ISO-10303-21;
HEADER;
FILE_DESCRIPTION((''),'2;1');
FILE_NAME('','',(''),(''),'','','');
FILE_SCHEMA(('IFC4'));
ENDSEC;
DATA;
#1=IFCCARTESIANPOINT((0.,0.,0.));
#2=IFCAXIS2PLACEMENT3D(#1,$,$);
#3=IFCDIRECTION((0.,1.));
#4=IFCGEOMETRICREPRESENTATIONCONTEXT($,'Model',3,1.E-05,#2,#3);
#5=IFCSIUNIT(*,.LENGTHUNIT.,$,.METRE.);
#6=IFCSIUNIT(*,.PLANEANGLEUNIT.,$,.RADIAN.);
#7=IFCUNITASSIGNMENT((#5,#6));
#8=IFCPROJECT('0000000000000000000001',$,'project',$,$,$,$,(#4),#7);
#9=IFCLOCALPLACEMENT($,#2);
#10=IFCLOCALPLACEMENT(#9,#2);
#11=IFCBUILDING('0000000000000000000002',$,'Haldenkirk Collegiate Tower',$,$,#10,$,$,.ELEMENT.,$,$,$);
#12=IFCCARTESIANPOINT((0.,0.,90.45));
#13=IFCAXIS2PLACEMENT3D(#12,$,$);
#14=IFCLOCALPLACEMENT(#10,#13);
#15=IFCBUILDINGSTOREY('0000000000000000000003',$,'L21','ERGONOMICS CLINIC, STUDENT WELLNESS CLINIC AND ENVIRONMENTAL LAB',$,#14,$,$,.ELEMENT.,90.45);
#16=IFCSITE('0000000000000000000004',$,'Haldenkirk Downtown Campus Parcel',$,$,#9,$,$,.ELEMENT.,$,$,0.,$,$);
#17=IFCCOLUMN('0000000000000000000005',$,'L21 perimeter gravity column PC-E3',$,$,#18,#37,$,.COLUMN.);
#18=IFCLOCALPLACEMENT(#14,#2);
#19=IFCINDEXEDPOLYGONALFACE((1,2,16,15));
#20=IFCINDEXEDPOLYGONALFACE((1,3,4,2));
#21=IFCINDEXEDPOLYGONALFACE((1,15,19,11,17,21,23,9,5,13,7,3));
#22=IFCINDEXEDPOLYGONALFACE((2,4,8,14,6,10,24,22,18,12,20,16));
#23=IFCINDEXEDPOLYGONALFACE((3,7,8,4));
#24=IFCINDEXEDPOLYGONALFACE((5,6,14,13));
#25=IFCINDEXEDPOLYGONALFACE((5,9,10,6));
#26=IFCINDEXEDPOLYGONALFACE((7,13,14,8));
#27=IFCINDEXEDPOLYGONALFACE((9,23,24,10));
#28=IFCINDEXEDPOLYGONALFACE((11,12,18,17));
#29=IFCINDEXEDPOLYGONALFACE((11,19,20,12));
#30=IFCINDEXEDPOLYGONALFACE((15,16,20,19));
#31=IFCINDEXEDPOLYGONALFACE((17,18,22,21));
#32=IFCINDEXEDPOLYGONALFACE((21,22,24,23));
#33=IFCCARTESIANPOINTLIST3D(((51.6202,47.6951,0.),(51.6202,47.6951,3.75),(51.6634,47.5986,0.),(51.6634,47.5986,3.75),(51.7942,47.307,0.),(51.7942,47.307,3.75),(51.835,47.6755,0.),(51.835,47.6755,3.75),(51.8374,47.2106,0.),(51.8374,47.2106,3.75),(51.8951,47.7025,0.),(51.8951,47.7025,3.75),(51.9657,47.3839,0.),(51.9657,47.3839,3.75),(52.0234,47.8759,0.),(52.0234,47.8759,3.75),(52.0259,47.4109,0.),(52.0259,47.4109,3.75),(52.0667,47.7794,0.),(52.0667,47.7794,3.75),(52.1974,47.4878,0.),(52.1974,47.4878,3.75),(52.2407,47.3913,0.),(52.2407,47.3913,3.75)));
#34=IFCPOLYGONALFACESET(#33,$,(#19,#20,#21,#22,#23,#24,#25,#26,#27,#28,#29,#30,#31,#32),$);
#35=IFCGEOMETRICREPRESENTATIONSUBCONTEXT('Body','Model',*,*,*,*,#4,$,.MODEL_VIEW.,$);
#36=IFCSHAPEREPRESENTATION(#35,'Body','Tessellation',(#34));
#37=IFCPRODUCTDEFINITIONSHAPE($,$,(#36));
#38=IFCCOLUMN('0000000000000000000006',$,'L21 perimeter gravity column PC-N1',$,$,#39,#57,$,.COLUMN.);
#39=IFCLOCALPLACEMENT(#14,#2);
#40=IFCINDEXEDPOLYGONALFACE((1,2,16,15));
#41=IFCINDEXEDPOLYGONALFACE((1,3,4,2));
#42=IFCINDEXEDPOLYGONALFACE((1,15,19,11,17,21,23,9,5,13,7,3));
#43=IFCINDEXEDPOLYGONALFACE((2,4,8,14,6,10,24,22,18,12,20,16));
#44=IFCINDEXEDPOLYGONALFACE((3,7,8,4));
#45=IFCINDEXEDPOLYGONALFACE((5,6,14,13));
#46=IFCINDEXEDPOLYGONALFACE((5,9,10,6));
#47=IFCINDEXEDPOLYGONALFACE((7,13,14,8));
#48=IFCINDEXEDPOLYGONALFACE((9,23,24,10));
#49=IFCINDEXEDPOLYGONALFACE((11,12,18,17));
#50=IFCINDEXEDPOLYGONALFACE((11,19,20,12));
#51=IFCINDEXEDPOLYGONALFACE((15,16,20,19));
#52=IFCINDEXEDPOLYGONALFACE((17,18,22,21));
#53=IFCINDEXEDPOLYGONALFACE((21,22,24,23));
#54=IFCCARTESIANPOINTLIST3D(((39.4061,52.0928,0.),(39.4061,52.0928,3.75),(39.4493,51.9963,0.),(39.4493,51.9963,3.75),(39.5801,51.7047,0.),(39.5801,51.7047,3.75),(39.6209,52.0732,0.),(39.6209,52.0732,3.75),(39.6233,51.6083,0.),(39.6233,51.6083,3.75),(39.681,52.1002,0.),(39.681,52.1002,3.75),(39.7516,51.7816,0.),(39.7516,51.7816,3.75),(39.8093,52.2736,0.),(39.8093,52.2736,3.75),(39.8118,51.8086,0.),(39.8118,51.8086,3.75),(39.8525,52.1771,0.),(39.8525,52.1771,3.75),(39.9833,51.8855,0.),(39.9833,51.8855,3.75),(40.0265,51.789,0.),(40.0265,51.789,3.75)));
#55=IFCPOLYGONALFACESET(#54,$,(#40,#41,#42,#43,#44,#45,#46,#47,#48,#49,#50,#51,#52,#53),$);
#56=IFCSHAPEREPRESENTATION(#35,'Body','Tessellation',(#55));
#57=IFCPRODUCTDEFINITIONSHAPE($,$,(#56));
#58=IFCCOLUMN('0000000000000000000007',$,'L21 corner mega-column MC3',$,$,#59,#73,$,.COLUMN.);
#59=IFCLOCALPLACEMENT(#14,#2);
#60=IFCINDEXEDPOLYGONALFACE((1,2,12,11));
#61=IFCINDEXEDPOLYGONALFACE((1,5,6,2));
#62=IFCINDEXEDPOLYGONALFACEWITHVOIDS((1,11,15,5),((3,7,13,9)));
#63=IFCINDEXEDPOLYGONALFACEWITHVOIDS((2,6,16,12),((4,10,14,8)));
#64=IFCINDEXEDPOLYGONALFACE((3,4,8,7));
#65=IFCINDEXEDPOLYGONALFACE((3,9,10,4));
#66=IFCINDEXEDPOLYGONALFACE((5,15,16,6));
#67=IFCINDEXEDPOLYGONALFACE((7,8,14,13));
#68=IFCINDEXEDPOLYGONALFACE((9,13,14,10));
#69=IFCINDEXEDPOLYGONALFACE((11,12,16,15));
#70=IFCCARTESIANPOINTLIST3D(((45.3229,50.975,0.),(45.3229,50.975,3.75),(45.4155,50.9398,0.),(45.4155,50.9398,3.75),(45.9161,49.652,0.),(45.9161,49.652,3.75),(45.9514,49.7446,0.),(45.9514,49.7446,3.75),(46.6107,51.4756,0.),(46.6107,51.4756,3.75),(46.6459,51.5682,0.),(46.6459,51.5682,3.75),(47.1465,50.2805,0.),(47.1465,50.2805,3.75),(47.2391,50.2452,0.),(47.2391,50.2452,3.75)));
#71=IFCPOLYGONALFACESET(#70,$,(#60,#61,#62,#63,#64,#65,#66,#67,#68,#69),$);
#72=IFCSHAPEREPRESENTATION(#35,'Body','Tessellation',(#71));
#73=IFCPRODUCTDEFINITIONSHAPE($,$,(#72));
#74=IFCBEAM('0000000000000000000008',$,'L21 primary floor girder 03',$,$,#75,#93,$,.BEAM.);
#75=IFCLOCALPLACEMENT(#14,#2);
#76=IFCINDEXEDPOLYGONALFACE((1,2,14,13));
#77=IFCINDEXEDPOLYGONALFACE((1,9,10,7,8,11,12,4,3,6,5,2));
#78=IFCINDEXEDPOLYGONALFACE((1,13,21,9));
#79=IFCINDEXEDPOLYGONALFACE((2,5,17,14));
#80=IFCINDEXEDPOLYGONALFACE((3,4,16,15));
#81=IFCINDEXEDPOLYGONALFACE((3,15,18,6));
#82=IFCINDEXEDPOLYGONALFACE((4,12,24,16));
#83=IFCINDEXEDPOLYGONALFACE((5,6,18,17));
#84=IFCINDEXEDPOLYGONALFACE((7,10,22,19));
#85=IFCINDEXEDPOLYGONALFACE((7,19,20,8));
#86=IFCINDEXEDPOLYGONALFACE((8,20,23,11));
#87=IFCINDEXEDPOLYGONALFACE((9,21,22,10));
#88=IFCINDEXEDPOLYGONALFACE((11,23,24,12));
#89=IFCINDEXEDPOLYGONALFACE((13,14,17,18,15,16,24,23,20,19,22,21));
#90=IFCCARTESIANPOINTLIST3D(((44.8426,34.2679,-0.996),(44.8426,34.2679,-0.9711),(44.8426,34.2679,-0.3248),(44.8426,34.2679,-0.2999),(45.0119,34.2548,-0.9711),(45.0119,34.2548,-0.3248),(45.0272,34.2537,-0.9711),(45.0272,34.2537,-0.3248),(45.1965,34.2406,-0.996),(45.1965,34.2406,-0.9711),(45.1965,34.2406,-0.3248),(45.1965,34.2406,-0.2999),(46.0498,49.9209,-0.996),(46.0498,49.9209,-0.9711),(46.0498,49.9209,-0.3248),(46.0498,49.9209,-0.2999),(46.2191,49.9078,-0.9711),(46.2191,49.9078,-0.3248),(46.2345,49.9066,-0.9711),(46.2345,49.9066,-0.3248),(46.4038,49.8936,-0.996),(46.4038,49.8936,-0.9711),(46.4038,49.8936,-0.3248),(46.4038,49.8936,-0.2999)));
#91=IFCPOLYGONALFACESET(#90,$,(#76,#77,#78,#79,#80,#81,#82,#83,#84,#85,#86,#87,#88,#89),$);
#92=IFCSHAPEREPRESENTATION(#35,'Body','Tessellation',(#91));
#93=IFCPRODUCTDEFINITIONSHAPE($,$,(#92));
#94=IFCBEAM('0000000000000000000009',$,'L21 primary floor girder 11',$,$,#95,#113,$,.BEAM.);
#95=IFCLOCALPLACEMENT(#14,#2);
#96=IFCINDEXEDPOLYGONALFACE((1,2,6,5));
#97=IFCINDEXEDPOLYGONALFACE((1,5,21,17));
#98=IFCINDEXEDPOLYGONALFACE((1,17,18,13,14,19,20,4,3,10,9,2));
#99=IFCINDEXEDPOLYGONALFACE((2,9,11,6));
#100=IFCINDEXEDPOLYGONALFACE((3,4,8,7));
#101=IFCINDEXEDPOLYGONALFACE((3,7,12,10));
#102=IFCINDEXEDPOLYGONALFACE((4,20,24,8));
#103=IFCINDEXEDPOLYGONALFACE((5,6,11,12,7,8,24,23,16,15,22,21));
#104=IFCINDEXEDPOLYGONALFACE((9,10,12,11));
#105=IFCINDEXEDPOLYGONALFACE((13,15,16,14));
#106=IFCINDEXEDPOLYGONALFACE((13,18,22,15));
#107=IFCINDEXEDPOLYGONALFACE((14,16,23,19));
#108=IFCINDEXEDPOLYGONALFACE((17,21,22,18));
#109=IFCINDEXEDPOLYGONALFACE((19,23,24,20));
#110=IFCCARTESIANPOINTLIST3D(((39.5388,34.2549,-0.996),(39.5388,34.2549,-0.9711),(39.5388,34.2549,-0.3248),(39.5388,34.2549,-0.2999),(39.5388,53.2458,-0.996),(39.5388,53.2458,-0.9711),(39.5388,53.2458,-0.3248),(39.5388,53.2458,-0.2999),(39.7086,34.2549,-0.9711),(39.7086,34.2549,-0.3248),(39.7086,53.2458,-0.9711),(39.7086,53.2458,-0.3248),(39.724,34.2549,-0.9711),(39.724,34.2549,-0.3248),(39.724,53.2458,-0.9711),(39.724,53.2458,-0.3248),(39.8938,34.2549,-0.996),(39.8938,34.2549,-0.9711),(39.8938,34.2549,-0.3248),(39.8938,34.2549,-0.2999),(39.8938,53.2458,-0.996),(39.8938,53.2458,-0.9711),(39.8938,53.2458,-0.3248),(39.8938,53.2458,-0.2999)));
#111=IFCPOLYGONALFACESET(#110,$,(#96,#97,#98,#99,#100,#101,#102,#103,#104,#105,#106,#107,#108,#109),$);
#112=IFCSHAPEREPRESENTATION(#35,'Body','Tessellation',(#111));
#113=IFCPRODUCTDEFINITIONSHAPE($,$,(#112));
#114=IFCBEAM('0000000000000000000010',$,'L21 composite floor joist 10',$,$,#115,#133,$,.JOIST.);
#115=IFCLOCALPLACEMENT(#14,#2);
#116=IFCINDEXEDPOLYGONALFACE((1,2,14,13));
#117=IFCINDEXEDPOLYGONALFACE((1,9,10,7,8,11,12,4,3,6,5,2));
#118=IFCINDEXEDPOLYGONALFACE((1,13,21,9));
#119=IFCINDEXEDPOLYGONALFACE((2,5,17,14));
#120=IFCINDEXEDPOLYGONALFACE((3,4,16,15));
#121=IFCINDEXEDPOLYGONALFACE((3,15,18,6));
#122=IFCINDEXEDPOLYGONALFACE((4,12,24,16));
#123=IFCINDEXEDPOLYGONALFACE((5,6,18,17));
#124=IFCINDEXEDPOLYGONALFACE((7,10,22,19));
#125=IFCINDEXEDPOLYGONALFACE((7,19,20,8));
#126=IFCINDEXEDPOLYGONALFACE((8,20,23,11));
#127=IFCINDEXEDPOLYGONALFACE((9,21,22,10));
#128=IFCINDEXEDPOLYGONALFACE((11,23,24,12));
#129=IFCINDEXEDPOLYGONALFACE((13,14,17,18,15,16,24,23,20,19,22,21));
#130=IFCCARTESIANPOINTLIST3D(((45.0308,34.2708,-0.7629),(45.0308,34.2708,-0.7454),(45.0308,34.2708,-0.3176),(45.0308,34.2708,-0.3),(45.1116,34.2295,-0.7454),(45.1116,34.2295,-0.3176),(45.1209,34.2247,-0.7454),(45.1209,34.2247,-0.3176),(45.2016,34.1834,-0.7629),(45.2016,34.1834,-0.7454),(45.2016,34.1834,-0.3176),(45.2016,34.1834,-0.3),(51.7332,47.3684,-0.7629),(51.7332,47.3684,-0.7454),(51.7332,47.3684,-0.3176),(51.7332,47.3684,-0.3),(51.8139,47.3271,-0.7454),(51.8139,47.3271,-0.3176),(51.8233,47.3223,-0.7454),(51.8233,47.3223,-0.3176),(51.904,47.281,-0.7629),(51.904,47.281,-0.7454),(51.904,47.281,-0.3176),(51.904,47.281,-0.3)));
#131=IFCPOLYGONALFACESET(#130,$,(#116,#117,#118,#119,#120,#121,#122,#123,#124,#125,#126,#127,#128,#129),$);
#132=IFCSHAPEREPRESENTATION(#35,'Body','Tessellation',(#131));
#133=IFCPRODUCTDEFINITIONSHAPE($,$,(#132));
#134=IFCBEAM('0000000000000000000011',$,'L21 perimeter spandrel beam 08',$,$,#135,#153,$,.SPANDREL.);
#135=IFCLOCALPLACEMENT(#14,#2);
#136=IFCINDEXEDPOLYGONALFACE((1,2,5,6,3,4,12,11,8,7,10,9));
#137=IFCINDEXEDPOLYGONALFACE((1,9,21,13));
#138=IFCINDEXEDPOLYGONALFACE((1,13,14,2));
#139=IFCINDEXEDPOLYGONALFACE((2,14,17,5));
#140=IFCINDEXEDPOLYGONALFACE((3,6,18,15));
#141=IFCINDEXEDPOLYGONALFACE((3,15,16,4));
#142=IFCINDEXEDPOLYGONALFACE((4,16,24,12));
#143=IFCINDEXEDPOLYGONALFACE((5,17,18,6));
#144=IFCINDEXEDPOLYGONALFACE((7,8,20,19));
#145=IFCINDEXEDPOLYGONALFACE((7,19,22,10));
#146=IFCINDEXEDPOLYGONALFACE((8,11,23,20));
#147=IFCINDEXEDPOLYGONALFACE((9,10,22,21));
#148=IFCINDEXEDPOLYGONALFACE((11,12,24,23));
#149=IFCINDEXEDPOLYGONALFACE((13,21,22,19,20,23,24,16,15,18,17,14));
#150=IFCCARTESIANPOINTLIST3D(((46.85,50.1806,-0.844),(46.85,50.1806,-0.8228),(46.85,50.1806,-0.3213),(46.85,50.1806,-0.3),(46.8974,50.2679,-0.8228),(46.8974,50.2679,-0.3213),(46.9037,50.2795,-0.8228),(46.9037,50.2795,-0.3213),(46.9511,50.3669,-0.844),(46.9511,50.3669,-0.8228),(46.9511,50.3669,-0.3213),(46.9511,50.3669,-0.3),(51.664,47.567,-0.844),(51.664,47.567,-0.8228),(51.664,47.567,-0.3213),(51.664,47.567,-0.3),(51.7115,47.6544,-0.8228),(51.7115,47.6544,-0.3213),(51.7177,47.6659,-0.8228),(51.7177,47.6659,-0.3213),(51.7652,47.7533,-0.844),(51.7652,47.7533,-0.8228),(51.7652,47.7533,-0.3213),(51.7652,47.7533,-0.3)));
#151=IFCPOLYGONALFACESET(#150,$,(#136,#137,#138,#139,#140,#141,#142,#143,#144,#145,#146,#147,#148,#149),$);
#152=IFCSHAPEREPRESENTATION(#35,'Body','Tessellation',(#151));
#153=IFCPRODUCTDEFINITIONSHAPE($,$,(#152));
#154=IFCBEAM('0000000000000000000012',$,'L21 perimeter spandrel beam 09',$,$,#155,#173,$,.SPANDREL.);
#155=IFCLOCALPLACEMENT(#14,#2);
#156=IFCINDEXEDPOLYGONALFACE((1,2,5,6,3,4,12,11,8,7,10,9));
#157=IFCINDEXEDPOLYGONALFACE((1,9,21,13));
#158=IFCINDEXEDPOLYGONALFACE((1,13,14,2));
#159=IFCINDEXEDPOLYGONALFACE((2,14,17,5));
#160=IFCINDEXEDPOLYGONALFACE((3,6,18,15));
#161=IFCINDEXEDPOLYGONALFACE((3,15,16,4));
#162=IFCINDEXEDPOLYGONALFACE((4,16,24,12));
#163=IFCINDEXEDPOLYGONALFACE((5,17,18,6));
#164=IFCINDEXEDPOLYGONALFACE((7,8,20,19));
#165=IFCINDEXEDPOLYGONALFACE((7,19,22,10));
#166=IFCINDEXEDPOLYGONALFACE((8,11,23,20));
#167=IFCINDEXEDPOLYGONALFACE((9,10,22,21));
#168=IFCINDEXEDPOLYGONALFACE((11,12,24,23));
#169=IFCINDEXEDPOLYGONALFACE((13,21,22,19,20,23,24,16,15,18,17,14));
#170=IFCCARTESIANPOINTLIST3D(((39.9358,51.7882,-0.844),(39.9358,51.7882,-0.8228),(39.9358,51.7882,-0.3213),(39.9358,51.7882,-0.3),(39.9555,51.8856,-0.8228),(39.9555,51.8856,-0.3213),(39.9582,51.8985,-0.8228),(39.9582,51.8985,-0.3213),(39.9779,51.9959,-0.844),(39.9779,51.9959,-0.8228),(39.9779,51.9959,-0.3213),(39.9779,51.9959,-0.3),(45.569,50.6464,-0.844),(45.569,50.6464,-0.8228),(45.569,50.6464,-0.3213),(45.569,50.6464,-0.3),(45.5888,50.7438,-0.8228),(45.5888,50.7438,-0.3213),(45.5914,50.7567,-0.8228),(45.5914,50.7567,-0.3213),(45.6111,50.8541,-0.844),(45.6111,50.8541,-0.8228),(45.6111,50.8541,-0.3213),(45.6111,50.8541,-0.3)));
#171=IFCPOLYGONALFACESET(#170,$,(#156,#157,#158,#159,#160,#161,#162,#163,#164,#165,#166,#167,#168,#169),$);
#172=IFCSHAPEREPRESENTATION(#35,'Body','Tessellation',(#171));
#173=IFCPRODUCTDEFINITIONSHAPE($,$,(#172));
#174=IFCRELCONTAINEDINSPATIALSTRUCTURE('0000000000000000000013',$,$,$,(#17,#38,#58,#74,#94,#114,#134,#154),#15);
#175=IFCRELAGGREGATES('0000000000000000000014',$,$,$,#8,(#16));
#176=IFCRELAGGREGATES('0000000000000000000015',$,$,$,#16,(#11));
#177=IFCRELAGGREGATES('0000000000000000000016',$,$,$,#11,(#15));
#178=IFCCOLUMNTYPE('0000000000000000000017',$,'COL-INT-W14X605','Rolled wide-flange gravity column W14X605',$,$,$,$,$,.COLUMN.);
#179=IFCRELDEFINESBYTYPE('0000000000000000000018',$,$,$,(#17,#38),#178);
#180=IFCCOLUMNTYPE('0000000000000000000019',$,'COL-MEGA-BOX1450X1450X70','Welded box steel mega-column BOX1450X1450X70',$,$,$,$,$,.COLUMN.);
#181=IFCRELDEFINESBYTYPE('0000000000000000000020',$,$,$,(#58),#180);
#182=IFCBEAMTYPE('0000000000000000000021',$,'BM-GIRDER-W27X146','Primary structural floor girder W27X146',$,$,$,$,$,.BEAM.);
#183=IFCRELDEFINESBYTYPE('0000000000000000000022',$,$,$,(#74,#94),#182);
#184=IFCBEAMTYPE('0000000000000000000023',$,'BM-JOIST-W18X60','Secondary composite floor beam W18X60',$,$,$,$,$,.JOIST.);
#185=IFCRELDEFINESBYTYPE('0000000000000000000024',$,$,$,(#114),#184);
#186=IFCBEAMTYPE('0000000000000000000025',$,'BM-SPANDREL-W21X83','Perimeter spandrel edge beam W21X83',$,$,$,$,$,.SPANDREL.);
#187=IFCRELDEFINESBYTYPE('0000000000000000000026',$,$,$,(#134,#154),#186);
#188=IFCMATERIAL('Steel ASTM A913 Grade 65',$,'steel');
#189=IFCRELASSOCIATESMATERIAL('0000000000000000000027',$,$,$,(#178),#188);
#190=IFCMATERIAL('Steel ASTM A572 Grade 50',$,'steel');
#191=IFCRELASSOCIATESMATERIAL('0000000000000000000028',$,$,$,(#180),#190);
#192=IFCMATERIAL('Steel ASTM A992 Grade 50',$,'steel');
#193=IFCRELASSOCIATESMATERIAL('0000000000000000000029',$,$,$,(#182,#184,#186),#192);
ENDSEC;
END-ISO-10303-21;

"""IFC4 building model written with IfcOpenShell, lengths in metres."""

from ifc_helpers import new_model, si_unit, direction, frame, origin, origin_2d, place, context, subcontext, project, spatial, hollow_rectangle, i_section, extrude, material, material_profile, profile_set, type_object, element, save


model = new_model("IFC4")

# Units and contexts
model_context = context("Model", 3, precision=1e-05, world=origin(), true_north=direction((0.0, 1.0)))
body_context = subcontext(model_context, "Body", "Model", "MODEL_VIEW")
ifc_project = project(units=[si_unit("LENGTHUNIT", "METRE"), si_unit("PLANEANGLEUNIT", "RADIAN")], contexts=[model_context])

# Site, building, storey
site_placement = place(None, origin())
site = spatial("IfcSite", under=ifc_project, at=site_placement, Name="Haldenkirk Downtown Campus Parcel", CompositionType="ELEMENT", RefElevation=0.0)
building_placement = place(site_placement, origin())
building = spatial("IfcBuilding", under=site, at=building_placement, Name="Haldenkirk Collegiate Tower", CompositionType="ELEMENT")
storey_placement = place(building_placement, frame((0.0, 0.0, 90.45)))
storey = spatial("IfcBuildingStorey", under=building, at=storey_placement, Name="L21", Description="ERGONOMICS CLINIC, STUDENT WELLNESS CLINIC AND ENVIRONMENTAL LAB", CompositionType="ELEMENT", Elevation=90.45)

# Columns
ifc_material_1 = material(Name="Steel ASTM A913 Grade 65", Category="steel")
ifc_material_profile_1 = material_profile(ifc_material_1, i_section(OverallWidth=0.4419, OverallDepth=0.531, WebThickness=0.0659, FlangeThickness=0.1057, at=origin_2d()), Name="W14X605")
ifc_profile_set_1 = profile_set([ifc_material_profile_1], Name="Steel ASTM A913 Grade 65")
column_type_1 = type_object("IfcColumnType", Name="COL-INT-W14X605", Description="Rolled wide-flange gravity column W14X605", PredefinedType="COLUMN", material=ifc_profile_set_1)
for number, where, z_axis, x_axis, name in (
    (1, (51.9304, 47.5432, 0.0), (0.0, 0.0, 1.0), (0.912477, 0.409127, 0.0), "L21 perimeter gravity column PC-E3"),
    (2, (39.7163, 51.9409, 0.0), (0.0, 0.0, 1.0), (0.912477, 0.409127, 0.0), "L21 perimeter gravity column PC-N1"),
):
    element("IfcColumn", number, at=place(storey_placement, frame(where, z_axis=z_axis, x_axis=x_axis)), inside=storey, type_object=column_type_1, Name=name, PredefinedType="COLUMN", context=body_context, shape_type="SweptSolid", body=[
        extrude(i_section(OverallWidth=0.4419, OverallDepth=0.531, WebThickness=0.0659, FlangeThickness=0.1057, at=origin_2d()), origin(), (0.0, 0.0, 1.0), 3.75),
    ])
ifc_material_2 = material(Name="Steel ASTM A572 Grade 50", Category="steel")
ifc_material_profile_2 = material_profile(ifc_material_2, hollow_rectangle(XDim=1.45, YDim=1.45, WallThickness=0.0701, at=origin_2d()), Name="BOX1450X1450X70")
ifc_profile_set_2 = profile_set([ifc_material_profile_2], Name="Steel ASTM A572 Grade 50")
column_type_2 = type_object("IfcColumnType", Name="COL-MEGA-BOX1450X1450X70", Description="Welded box steel mega-column BOX1450X1450X70", PredefinedType="COLUMN", material=ifc_profile_set_2)
column_placement = place(storey_placement, frame((46.281, 50.6101, 0.0), z_axis=(0.0, 0.0, 1.0), x_axis=(0.912477, 0.409127, 0.0)))
element("IfcColumn", 3, at=column_placement, inside=storey, type_object=column_type_2, Name="L21 corner mega-column MC3", PredefinedType="COLUMN", context=body_context, shape_type="SweptSolid", body=[
    extrude(hollow_rectangle(XDim=1.45, YDim=1.45, WallThickness=0.0701, at=origin_2d()), origin(), (0.0, 0.0, 1.0), 3.75),
])

# Beams
ifc_material_3 = material(Name="Steel ASTM A992 Grade 50", Category="steel")
ifc_material_profile_3 = material_profile(ifc_material_3, i_section(OverallWidth=0.355, OverallDepth=0.696, WebThickness=0.0154, FlangeThickness=0.0249, at=origin_2d()), Name="W27X146")
ifc_profile_set_3 = profile_set([ifc_material_profile_3], Name="Steel ASTM A992 Grade 50")
beam_type_1 = type_object("IfcBeamType", Name="BM-GIRDER-W27X146", Description="Primary structural floor girder W27X146", PredefinedType="BEAM", material=ifc_profile_set_3)
beam_1_placement = place(storey_placement, frame((46.2268, 49.9072, -0.6479), z_axis=(-0.076899, -0.997039, 0.0), x_axis=(0.997039, -0.076899, 0.0)))
element("IfcBeam", 4, at=beam_1_placement, inside=storey, type_object=beam_type_1, Name="L21 primary floor girder 03", PredefinedType="BEAM", context=body_context, shape_type="SweptSolid", body=[
    extrude(i_section(OverallWidth=0.355, OverallDepth=0.696, WebThickness=0.0154, FlangeThickness=0.0249, at=origin_2d()), origin(), (0.0, 0.0, 1.0), 15.6995),
])
beam_2_placement = place(storey_placement, frame((39.7163, 53.2458, -0.6479), z_axis=(0.0, -1.0, 0.0), x_axis=(1.0, 0.0, 0.0)))
element("IfcBeam", 5, at=beam_2_placement, inside=storey, type_object=beam_type_1, Name="L21 primary floor girder 11", PredefinedType="BEAM", context=body_context, shape_type="SweptSolid", body=[
    extrude(i_section(OverallWidth=0.355, OverallDepth=0.696, WebThickness=0.0154, FlangeThickness=0.0249, at=origin_2d()), origin(), (0.0, 0.0, 1.0), 18.991),
])
ifc_material_profile_4 = material_profile(ifc_material_3, i_section(OverallWidth=0.1919, OverallDepth=0.4629, WebThickness=0.0105, FlangeThickness=0.0176, at=origin_2d()), Name="W18X60")
ifc_profile_set_4 = profile_set([ifc_material_profile_4], Name="Steel ASTM A992 Grade 50")
beam_type_2 = type_object("IfcBeamType", Name="BM-JOIST-W18X60", Description="Secondary composite floor beam W18X60", PredefinedType="JOIST", material=ifc_profile_set_4)
beam_3_placement = place(storey_placement, frame((51.8186, 47.3247, -0.5315), z_axis=(-0.455544, -0.890213, 0.0), x_axis=(0.890213, -0.455544, 0.0)))
element("IfcBeam", 6, at=beam_3_placement, inside=storey, type_object=beam_type_2, Name="L21 composite floor joist 10", PredefinedType="JOIST", context=body_context, shape_type="SweptSolid", body=[
    extrude(i_section(OverallWidth=0.1919, OverallDepth=0.4629, WebThickness=0.0105, FlangeThickness=0.0176, at=origin_2d()), origin(), (0.0, 0.0, 1.0), 14.7129),
])
ifc_material_profile_5 = material_profile(ifc_material_3, i_section(OverallWidth=0.2119, OverallDepth=0.5439, WebThickness=0.0132, FlangeThickness=0.0212, at=origin_2d()), Name="W21X83")
ifc_profile_set_5 = profile_set([ifc_material_profile_5], Name="Steel ASTM A992 Grade 50")
beam_type_3 = type_object("IfcBeamType", Name="BM-SPANDREL-W21X83", Description="Perimeter spandrel edge beam W21X83", PredefinedType="SPANDREL", material=ifc_profile_set_5)
beam_4_placement = place(storey_placement, frame((51.7146, 47.6602, -0.572), z_axis=(-0.878836, 0.477124, 0.0), x_axis=(-0.477124, -0.878836, 0.0)))
element("IfcBeam", 7, at=beam_4_placement, inside=storey, type_object=beam_type_3, Name="L21 perimeter spandrel beam 08", PredefinedType="SPANDREL", context=body_context, shape_type="SweptSolid", body=[
    extrude(i_section(OverallWidth=0.2119, OverallDepth=0.5439, WebThickness=0.0132, FlangeThickness=0.0212, at=origin_2d()), origin(), (0.0, 0.0, 1.0), 5.4778),
])
beam_5_placement = place(storey_placement, frame((45.5901, 50.7502, -0.572), z_axis=(-0.980069, 0.198656, 0.0), x_axis=(-0.198656, -0.980069, 0.0)))
element("IfcBeam", 8, at=beam_5_placement, inside=storey, type_object=beam_type_3, Name="L21 perimeter spandrel beam 09", PredefinedType="SPANDREL", context=body_context, shape_type="SweptSolid", body=[
    extrude(i_section(OverallWidth=0.2119, OverallDepth=0.5439, WebThickness=0.0132, FlangeThickness=0.0212, at=origin_2d()), origin(), (0.0, 0.0, 1.0), 5.7478),
])

save(model, "model.ifc")
